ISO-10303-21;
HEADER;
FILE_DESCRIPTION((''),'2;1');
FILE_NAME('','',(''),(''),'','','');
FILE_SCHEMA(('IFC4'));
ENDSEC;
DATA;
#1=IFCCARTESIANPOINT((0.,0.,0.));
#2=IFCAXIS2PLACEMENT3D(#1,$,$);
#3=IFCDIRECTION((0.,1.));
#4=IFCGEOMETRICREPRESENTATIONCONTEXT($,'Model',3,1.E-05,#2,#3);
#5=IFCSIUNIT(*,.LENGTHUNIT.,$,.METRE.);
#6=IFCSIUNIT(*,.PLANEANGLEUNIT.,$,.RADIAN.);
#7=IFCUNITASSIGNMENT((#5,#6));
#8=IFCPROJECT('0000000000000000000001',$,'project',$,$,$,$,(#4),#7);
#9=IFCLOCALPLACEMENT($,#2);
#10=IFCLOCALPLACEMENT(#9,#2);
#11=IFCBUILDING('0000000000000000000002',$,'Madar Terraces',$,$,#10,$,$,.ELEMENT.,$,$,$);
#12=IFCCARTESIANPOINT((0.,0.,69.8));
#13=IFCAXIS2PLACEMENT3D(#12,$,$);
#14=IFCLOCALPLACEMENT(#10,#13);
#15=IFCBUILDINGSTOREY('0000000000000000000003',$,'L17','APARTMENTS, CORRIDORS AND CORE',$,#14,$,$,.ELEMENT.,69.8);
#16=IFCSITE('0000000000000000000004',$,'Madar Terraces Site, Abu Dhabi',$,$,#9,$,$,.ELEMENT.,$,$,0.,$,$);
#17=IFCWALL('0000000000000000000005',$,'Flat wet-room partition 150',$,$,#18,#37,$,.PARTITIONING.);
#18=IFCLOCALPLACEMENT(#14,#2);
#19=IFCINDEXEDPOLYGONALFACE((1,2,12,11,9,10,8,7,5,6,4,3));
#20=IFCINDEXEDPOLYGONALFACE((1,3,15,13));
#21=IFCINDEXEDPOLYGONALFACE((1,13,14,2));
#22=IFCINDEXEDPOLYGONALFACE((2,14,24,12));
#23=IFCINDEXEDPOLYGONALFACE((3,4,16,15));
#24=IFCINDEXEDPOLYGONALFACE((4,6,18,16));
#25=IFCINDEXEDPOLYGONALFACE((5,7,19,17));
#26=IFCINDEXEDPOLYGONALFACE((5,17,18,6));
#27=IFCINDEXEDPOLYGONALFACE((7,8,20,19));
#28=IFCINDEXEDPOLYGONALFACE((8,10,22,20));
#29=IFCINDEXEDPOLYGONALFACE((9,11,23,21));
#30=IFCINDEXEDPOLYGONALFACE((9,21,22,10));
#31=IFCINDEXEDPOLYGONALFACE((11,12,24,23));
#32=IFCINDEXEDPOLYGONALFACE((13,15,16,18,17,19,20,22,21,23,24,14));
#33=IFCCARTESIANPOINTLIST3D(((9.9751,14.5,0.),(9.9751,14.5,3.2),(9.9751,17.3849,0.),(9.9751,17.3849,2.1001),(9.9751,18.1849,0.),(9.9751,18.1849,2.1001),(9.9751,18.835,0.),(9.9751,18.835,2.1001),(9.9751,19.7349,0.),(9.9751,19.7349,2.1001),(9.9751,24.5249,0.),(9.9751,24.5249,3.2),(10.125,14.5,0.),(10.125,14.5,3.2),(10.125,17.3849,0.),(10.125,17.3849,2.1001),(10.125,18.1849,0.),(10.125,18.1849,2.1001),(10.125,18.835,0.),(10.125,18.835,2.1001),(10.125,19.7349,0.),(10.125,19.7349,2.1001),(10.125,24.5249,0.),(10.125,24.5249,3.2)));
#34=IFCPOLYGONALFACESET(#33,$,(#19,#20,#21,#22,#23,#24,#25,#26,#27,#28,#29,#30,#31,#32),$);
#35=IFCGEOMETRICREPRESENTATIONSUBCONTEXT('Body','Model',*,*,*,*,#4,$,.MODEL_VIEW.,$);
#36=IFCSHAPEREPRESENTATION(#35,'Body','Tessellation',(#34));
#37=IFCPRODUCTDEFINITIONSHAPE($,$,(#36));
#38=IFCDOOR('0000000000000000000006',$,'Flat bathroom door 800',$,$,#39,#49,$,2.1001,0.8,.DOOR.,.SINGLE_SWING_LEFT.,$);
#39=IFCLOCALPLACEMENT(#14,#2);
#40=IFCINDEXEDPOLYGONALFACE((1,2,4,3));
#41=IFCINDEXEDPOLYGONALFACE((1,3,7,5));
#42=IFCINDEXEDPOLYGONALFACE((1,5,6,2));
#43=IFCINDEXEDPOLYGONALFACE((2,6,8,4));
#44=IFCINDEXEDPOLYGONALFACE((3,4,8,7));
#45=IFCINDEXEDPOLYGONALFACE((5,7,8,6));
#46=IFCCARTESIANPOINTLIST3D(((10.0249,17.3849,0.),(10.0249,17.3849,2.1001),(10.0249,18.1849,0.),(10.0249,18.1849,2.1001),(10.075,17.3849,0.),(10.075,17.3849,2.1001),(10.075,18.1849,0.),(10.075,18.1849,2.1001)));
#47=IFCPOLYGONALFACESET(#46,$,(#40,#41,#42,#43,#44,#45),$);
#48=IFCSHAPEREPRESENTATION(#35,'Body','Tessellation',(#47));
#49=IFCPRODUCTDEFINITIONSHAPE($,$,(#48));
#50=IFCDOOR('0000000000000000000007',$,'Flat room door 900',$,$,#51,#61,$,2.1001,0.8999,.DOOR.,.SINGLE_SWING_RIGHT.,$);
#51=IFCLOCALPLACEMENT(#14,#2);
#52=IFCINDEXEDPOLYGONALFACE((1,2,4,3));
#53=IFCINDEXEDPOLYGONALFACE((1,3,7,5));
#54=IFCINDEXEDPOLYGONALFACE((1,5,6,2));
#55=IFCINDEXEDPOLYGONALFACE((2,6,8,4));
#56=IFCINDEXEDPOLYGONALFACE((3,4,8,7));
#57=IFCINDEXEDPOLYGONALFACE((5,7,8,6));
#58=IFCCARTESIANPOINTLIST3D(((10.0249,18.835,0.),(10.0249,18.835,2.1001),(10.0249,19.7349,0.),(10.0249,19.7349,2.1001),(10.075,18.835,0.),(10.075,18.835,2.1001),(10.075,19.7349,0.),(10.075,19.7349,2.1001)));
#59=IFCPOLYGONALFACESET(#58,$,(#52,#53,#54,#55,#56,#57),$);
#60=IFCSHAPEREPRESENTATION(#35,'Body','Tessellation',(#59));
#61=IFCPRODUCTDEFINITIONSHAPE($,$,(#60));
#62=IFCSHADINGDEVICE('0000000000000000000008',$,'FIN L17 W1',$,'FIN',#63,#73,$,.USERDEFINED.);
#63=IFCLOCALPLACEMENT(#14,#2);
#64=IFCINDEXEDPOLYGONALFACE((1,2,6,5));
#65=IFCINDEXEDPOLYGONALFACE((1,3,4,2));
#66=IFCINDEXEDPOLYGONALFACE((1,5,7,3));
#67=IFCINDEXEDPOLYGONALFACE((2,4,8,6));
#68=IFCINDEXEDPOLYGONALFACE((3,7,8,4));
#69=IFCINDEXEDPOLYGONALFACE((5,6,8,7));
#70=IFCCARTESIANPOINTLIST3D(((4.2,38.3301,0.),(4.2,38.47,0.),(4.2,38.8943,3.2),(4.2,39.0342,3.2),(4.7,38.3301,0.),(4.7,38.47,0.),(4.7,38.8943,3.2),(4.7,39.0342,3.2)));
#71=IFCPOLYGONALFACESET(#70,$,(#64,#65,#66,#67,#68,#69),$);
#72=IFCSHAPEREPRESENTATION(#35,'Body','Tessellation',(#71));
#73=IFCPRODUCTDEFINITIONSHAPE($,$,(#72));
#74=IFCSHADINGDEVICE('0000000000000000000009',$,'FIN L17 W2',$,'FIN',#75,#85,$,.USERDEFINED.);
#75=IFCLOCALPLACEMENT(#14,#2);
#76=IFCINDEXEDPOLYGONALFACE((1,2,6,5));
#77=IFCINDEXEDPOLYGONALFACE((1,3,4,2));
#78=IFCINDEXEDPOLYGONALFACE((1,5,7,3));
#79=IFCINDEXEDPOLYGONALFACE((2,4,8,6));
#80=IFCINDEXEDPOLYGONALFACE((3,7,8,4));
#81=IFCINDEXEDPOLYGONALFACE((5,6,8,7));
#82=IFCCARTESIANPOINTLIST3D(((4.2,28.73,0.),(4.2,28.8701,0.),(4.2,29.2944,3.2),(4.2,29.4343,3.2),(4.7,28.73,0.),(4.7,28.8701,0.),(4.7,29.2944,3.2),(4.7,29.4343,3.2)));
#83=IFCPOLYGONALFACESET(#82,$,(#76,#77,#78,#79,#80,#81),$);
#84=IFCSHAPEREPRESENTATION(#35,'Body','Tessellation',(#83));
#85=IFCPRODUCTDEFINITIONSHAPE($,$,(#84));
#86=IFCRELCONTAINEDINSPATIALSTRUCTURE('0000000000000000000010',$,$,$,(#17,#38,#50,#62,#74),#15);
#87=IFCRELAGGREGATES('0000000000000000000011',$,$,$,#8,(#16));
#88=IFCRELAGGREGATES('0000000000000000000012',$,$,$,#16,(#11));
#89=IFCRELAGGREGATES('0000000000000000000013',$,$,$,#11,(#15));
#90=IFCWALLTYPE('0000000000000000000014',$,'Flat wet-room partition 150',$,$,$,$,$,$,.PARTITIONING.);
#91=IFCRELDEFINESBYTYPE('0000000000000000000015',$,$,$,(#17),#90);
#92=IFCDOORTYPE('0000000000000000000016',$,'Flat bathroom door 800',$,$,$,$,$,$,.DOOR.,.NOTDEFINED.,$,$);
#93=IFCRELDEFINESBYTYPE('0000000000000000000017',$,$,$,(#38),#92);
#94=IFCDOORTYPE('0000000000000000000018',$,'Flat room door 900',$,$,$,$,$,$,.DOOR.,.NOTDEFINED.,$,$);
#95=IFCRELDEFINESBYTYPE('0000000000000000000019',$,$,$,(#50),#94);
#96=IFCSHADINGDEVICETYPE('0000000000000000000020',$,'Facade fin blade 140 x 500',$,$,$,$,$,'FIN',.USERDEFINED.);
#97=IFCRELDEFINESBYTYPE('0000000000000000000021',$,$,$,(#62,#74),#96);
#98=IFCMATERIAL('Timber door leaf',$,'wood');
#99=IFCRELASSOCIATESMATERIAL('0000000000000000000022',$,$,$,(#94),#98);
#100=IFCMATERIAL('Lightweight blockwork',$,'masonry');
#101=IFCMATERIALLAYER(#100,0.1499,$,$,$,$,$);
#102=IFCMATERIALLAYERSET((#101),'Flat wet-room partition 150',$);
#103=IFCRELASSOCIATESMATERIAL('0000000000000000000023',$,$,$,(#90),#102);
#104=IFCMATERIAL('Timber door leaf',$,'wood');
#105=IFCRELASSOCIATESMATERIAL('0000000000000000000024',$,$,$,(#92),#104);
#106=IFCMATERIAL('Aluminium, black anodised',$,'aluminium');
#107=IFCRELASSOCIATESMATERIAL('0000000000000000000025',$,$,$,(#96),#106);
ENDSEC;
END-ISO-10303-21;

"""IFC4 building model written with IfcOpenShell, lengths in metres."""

from ifc_helpers import new_model, si_unit, direction, frame, frame_2d, origin, place, context, subcontext, project, spatial, polyline, rectangle, outline, extrude, material, layer, layer_set, type_object, element, fill, save


model = new_model("IFC4")

# Units and contexts
model_context = context("Model", 3, precision=1e-05, world=origin(), true_north=direction((0.0, 1.0)))
body_context = subcontext(model_context, "Body", "Model", "MODEL_VIEW")
ifc_project = project(units=[si_unit("LENGTHUNIT", "METRE"), si_unit("PLANEANGLEUNIT", "RADIAN")], contexts=[model_context])

# Site, building, storey
site_placement = place(None, origin())
site = spatial("IfcSite", under=ifc_project, at=site_placement, Name="Madar Terraces Site, Abu Dhabi", CompositionType="ELEMENT", RefElevation=0.0)
building_placement = place(site_placement, origin())
building = spatial("IfcBuilding", under=site, at=building_placement, Name="Madar Terraces", CompositionType="ELEMENT")
storey_placement = place(building_placement, frame((0.0, 0.0, 69.8)))
storey = spatial("IfcBuildingStorey", under=building, at=storey_placement, Name="L17", Description="APARTMENTS, CORRIDORS AND CORE", CompositionType="ELEMENT", Elevation=69.8)

# Shared definitions
ifc_material_1 = material(Name="Timber door leaf", Category="wood")
door_type_1 = type_object("IfcDoorType", Name="Flat room door 900", OperationType="NOTDEFINED", PredefinedType="DOOR", material=ifc_material_1)

# Shared definitions
ifc_material_2 = material(Name="Lightweight blockwork", Category="masonry")
ifc_layer_1 = layer(ifc_material_2, 0.1499)
ifc_layer_set_1 = layer_set([ifc_layer_1], Name="Flat wet-room partition 150")
wall_type_1 = type_object("IfcWallType", Name="Flat wet-room partition 150", PredefinedType="PARTITIONING", material=ifc_layer_set_1)

# Wall, openings, doors
wall_1_placement = place(storey_placement, frame((10.05, 24.5249, 0.0), z_axis=(0.0, 0.0, 1.0), x_axis=(0.0, -1.0, 0.0)))
wall_1 = element("IfcWall", 1, at=wall_1_placement, inside=storey, type_object=wall_type_1, Name="Flat wet-room partition 150", PredefinedType="PARTITIONING", context=body_context, shape_type="SweptSolid", body=[
    extrude(rectangle(XDim=10.0249, YDim=0.1499, at=frame_2d((5.0125, 0.0))), origin(), (0.0, 0.0, 1.0), 3.2),
])
opening_1_placement = place(wall_1_placement, frame((4.79, 0.0, 0.0)))
opening_1 = element("IfcOpeningElement", 2, at=opening_1_placement, cuts=wall_1, PredefinedType="OPENING", context=body_context, shape_type="SweptSolid", body=[
    extrude(rectangle(XDim=0.8999, YDim=2.1001, at=frame_2d((0.45, 1.05))), frame((0.0, 0.085, 0.0), z_axis=(0.0, -1.0, 0.0), x_axis=(1.0, 0.0, 0.0)), (0.0, 0.0, 1.0), 0.1699),
])
opening_2_placement = place(wall_1_placement, frame((6.3401, 0.0, 0.0)))
opening_2 = element("IfcOpeningElement", 3, at=opening_2_placement, cuts=wall_1, PredefinedType="OPENING", context=body_context, shape_type="SweptSolid", body=[
    extrude(rectangle(XDim=0.8, YDim=2.1001, at=frame_2d((0.3999, 1.05))), frame((0.0, 0.085, 0.0), z_axis=(0.0, -1.0, 0.0), x_axis=(1.0, 0.0, 0.0)), (0.0, 0.0, 1.0), 0.1699),
])
ifc_material_3 = material(Name="Timber door leaf", Category="wood")
door_type_2 = type_object("IfcDoorType", Name="Flat bathroom door 800", OperationType="NOTDEFINED", PredefinedType="DOOR", material=ifc_material_3)
door_1_placement = place(opening_2_placement, origin())
door_1 = element("IfcDoor", 4, at=door_1_placement, inside=storey, type_object=door_type_2, Name="Flat bathroom door 800", OperationType="SINGLE_SWING_LEFT", OverallHeight=2.1001, OverallWidth=0.8, PredefinedType="DOOR", context=body_context, shape_type="SweptSolid", body=[
    extrude(rectangle(XDim=0.8, YDim=2.1001, at=frame_2d((0.3999, 1.05))), frame((0.0, 0.0249, 0.0), z_axis=(0.0, -1.0, 0.0), x_axis=(1.0, 0.0, 0.0)), (0.0, 0.0, 1.0), 0.05),
])
fill(opening_2, door_1)
door_2_placement = place(opening_1_placement, origin())
door_2 = element("IfcDoor", 5, at=door_2_placement, inside=storey, type_object=door_type_1, Name="Flat room door 900", OperationType="SINGLE_SWING_RIGHT", OverallHeight=2.1001, OverallWidth=0.8999, PredefinedType="DOOR", context=body_context, shape_type="SweptSolid", body=[
    extrude(rectangle(XDim=0.8999, YDim=2.1001, at=frame_2d((0.45, 1.05))), frame((0.0, 0.0249, 0.0), z_axis=(0.0, -1.0, 0.0), x_axis=(1.0, 0.0, 0.0)), (0.0, 0.0, 1.0), 0.05),
])
fill(opening_1, door_2)

# Shading devices
ifc_material_4 = material(Name="Aluminium, black anodised", Category="aluminium")
shading_device_type = type_object("IfcShadingDeviceType", Name="Facade fin blade 140 x 500", ElementType="FIN", PredefinedType="USERDEFINED", material=ifc_material_4)
shading_device_1_placement = place(storey_placement, frame((4.45, 38.47, 0.0), z_axis=(0.0, 0.0, 1.0), x_axis=(0.0, -1.0, 0.0)))
element("IfcShadingDevice", 6, at=shading_device_1_placement, inside=storey, type_object=shading_device_type, Name="FIN L17 W1", ObjectType="FIN", PredefinedType="USERDEFINED", context=body_context, shape_type="SweptSolid", body=[
    extrude(outline(polyline([(0.0, 0.0), (0.1399, 0.0), (-0.4243, 3.2), (-0.5642, 3.2), (0.0, 0.0)])), frame((0.0, 0.25, 0.0), z_axis=(0.0, -1.0, 0.0), x_axis=(1.0, 0.0, 0.0)), (0.0, 0.0, 1.0), 0.5),
])
shading_device_2_placement = place(storey_placement, frame((4.45, 28.8701, 0.0), z_axis=(0.0, 0.0, 1.0), x_axis=(0.0, -1.0, 0.0)))
element("IfcShadingDevice", 7, at=shading_device_2_placement, inside=storey, type_object=shading_device_type, Name="FIN L17 W2", ObjectType="FIN", PredefinedType="USERDEFINED", context=body_context, shape_type="SweptSolid", body=[
    extrude(outline(polyline([(0.0, 0.0), (0.1401, 0.0), (-0.4243, 3.2), (-0.5642, 3.2), (0.0, 0.0)])), frame((0.0, 0.25, 0.0), z_axis=(0.0, -1.0, 0.0), x_axis=(1.0, 0.0, 0.0)), (0.0, 0.0, 1.0), 0.5),
])

save(model, "model.ifc")
